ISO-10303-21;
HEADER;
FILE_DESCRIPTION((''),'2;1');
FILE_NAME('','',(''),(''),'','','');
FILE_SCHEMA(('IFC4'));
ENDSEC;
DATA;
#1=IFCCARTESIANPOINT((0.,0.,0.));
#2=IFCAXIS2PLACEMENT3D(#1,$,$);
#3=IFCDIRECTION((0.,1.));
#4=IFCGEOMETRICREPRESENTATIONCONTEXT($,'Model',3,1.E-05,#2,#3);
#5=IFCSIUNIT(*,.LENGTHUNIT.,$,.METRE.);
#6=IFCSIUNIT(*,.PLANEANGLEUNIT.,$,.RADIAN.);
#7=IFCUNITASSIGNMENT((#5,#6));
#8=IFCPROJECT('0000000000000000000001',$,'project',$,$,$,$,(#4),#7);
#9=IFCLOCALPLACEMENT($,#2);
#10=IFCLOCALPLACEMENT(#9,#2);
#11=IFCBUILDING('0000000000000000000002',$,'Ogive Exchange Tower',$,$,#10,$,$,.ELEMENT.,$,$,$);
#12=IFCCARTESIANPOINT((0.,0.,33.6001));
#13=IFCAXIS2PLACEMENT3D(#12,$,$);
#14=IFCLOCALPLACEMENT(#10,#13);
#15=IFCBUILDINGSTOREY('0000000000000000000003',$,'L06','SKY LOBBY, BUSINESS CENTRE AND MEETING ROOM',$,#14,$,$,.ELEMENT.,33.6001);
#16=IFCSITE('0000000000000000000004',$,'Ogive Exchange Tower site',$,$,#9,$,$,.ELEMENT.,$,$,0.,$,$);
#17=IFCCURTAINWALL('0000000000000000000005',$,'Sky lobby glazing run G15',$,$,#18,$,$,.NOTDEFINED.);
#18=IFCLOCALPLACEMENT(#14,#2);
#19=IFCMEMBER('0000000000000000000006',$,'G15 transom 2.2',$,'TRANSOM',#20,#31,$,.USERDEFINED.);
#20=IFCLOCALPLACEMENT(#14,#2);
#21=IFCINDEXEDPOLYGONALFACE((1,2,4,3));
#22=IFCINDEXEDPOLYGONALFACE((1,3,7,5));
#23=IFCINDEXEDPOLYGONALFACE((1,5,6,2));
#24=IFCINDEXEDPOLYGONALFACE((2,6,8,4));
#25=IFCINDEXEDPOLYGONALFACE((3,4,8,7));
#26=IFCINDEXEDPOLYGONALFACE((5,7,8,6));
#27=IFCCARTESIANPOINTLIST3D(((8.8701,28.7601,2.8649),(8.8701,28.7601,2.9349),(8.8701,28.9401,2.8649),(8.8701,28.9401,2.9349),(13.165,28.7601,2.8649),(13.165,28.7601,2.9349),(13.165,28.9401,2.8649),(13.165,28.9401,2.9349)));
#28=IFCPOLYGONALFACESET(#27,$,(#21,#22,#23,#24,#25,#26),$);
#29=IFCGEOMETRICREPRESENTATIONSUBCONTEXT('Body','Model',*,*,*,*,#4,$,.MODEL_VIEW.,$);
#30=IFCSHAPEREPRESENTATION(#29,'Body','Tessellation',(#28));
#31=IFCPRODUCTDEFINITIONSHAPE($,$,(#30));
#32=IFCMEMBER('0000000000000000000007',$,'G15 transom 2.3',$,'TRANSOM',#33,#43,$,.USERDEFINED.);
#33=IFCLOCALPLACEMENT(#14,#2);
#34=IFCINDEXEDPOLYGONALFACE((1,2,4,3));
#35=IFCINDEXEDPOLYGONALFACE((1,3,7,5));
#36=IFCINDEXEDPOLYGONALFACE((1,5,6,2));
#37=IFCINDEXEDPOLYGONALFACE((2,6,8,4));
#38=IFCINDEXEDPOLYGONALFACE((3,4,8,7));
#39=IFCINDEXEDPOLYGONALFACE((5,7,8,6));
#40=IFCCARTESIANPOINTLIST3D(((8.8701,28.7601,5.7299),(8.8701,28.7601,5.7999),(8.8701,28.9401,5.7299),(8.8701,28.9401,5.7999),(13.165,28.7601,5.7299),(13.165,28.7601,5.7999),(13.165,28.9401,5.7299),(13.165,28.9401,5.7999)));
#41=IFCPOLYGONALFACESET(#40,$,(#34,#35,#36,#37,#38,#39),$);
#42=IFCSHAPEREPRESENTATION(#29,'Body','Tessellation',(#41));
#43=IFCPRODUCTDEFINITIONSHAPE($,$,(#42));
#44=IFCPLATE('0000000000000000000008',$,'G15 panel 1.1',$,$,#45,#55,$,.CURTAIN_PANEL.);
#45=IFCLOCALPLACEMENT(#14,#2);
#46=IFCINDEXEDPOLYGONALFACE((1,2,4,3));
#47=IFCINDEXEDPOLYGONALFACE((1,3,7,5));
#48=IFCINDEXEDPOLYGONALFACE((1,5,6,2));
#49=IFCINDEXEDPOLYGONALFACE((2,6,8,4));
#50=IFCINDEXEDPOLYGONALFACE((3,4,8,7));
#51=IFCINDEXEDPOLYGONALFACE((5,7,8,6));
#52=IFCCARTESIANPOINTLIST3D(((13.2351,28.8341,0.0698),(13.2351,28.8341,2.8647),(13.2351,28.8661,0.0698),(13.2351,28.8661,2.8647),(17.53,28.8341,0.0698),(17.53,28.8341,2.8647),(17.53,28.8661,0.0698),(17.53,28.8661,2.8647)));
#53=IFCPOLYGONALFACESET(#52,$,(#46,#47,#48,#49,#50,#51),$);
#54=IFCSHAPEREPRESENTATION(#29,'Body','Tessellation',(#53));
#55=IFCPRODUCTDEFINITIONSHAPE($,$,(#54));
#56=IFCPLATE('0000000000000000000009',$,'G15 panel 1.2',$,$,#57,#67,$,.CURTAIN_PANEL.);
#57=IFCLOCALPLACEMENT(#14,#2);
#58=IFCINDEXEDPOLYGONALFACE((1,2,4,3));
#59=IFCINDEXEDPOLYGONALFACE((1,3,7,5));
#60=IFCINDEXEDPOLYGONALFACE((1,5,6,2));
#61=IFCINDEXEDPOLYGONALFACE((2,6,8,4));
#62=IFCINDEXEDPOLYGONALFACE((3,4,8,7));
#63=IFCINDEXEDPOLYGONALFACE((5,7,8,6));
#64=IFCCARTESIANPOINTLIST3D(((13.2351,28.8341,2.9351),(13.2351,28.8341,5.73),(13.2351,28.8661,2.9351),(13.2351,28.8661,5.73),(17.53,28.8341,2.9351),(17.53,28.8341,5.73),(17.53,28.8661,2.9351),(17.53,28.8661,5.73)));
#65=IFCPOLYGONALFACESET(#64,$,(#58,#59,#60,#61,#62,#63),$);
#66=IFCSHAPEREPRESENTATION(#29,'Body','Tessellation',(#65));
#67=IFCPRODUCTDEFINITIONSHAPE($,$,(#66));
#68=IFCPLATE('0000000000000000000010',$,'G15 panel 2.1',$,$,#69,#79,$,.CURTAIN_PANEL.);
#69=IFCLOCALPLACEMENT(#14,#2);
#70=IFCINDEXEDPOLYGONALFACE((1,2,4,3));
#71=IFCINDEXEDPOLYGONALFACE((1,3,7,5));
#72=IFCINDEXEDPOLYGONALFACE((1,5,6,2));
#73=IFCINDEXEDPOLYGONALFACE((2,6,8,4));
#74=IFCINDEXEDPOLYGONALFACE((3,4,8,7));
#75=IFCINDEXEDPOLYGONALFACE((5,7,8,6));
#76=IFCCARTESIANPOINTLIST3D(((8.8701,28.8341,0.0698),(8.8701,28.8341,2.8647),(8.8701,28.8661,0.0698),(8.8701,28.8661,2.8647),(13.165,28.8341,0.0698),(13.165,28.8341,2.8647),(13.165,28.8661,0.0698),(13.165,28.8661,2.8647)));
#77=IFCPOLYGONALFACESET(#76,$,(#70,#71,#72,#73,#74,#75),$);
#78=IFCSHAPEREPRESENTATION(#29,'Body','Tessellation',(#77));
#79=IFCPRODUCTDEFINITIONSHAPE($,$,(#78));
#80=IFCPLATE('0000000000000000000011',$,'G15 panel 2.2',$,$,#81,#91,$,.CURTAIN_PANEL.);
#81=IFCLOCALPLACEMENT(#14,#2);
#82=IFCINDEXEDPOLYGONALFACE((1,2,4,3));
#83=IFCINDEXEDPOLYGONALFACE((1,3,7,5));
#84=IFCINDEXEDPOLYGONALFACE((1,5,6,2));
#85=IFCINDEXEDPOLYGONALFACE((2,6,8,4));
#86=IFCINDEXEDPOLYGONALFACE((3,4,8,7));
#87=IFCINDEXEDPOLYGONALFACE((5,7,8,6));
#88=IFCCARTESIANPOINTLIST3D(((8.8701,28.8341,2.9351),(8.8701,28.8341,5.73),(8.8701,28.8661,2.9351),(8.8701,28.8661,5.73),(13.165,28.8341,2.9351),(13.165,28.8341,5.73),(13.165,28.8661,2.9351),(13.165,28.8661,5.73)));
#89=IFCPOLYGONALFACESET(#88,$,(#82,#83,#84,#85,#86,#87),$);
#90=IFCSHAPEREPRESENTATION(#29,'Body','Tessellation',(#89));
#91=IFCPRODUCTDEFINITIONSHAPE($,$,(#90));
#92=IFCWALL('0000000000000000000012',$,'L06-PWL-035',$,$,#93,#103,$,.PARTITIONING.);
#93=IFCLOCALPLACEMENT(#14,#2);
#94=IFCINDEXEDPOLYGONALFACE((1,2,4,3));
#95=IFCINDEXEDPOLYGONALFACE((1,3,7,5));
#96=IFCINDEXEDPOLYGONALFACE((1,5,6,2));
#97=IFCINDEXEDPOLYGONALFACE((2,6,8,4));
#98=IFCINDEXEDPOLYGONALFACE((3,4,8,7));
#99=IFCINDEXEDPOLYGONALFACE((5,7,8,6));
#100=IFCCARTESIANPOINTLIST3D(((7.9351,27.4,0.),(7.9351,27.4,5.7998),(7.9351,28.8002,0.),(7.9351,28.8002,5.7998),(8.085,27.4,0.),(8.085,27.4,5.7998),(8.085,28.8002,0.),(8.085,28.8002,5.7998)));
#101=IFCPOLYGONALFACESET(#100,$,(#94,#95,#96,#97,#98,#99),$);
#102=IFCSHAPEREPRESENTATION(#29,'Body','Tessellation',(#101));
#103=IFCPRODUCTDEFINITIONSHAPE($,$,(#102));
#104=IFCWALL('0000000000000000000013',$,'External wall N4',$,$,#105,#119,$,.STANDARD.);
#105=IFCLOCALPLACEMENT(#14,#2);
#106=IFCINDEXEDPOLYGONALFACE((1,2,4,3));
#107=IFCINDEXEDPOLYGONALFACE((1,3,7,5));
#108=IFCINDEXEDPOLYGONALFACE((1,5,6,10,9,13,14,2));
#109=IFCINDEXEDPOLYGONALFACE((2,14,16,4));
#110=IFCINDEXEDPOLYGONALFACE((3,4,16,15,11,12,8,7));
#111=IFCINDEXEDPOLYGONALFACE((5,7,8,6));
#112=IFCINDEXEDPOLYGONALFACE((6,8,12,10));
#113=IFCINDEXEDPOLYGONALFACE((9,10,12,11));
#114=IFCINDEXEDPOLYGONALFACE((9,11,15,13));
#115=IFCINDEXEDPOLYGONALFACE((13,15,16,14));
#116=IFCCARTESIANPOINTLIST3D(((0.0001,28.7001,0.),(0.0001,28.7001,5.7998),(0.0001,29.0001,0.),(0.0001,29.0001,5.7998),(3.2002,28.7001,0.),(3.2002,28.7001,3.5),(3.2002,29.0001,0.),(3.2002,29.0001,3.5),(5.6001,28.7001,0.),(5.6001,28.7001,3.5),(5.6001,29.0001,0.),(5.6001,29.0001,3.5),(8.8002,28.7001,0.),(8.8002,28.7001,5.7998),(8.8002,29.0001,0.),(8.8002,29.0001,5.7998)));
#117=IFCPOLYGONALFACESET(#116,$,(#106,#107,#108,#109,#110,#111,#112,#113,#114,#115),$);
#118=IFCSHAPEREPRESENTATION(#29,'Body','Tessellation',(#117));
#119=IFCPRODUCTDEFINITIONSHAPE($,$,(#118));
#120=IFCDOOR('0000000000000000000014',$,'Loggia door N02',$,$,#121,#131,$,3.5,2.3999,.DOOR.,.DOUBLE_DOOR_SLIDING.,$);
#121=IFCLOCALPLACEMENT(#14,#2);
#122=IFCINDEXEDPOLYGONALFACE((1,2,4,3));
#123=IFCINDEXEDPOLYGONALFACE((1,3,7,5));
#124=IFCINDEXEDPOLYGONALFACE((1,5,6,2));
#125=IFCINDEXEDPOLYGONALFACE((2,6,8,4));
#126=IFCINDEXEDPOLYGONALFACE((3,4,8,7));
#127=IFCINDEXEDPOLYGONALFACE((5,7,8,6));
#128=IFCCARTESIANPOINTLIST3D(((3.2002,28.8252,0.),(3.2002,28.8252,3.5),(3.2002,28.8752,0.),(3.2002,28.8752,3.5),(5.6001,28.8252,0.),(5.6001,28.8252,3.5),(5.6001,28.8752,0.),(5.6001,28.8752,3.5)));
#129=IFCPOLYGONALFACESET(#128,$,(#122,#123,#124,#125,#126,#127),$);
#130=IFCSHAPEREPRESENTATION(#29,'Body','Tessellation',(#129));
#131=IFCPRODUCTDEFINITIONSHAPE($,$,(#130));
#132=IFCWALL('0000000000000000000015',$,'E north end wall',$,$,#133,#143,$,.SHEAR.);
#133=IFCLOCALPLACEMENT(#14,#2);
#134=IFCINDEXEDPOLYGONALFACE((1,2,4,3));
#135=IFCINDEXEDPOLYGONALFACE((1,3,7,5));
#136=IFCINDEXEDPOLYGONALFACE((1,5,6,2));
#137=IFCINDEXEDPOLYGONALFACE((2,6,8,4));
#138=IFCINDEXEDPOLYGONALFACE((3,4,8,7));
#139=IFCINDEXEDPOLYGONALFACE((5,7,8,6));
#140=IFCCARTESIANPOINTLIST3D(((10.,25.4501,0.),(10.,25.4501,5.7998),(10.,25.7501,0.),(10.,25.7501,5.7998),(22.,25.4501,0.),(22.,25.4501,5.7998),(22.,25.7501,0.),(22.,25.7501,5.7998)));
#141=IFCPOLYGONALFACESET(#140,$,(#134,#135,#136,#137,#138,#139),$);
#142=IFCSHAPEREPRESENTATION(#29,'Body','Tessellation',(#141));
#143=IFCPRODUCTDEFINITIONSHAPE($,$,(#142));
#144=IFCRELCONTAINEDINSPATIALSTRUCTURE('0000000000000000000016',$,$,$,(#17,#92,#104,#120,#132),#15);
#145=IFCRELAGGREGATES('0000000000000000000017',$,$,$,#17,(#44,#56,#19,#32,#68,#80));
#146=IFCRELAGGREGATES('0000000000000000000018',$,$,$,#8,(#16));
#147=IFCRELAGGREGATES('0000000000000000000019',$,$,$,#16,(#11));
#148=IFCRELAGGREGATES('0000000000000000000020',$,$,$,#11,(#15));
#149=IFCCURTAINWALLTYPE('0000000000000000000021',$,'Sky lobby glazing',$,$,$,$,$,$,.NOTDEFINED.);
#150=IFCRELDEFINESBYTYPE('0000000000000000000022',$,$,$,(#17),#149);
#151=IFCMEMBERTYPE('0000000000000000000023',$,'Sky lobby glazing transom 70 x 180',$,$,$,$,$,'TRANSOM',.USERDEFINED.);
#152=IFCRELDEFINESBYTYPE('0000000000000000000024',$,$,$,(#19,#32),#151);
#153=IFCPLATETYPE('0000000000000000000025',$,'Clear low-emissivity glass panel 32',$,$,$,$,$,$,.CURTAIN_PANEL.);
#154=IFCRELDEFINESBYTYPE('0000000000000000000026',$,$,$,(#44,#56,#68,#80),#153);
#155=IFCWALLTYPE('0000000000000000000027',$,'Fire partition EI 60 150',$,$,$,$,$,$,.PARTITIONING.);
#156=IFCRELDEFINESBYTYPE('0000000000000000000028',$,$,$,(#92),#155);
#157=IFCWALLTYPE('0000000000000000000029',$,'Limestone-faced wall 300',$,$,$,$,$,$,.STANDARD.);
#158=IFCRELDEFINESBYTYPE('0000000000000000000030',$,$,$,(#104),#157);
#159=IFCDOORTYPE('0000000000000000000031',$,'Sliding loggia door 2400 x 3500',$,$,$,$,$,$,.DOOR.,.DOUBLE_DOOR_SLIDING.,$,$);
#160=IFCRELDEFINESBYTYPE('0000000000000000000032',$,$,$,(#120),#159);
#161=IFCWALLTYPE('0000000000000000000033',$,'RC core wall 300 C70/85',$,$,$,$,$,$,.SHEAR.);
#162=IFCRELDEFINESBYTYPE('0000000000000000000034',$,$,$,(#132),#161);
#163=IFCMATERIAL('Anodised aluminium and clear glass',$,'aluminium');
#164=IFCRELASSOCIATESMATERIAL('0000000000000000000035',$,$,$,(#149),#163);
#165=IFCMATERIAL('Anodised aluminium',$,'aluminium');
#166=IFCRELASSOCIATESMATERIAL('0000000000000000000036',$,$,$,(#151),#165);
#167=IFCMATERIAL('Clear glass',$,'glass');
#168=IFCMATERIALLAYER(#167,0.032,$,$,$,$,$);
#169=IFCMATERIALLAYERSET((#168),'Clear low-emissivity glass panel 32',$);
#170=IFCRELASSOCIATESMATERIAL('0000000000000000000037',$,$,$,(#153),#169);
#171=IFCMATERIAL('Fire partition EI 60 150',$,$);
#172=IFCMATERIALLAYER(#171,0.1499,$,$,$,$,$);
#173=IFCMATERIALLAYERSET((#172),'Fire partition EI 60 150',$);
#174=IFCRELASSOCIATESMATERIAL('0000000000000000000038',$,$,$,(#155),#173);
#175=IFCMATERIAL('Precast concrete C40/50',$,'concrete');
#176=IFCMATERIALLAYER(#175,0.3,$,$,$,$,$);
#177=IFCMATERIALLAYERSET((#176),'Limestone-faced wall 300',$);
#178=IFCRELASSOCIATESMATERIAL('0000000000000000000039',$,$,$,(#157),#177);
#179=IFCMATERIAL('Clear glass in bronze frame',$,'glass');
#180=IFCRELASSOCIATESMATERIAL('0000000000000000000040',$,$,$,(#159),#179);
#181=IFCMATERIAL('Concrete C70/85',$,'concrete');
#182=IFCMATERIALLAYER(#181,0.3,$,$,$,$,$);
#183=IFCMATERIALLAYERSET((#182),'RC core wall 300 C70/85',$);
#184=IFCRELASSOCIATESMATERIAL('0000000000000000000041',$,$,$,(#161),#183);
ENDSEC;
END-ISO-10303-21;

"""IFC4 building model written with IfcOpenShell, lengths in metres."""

from ifc_helpers import new_model, si_unit, direction, frame, frame_2d, origin, origin_2d, place, context, subcontext, project, spatial, rectangle, extrude, material, layer, layer_set, material_profile, profile_set, type_object, element, fill, aggregate, save


model = new_model("IFC4")

# Units and contexts
model_context = context("Model", 3, precision=1e-05, world=origin(), true_north=direction((0.0, 1.0)))
body_context = subcontext(model_context, "Body", "Model", "MODEL_VIEW")
ifc_project = project(units=[si_unit("LENGTHUNIT", "METRE"), si_unit("PLANEANGLEUNIT", "RADIAN")], contexts=[model_context])

# Site, building, storey
site_placement = place(None, origin())
site = spatial("IfcSite", under=ifc_project, at=site_placement, Name="Ogive Exchange Tower site", CompositionType="ELEMENT", RefElevation=0.0)
building_placement = place(site_placement, origin())
building = spatial("IfcBuilding", under=site, at=building_placement, Name="Ogive Exchange Tower", CompositionType="ELEMENT")
storey_placement = place(building_placement, frame((0.0, 0.0, 33.6001)))
storey = spatial("IfcBuildingStorey", under=building, at=storey_placement, Name="L06", Description="SKY LOBBY, BUSINESS CENTRE AND MEETING ROOM", CompositionType="ELEMENT", Elevation=33.6001)

# Curtain wall, members, plates
ifc_material_1 = material(Name="Anodised aluminium and clear glass", Category="aluminium")
curtain_wall_type = type_object("IfcCurtainWallType", Name="Sky lobby glazing", PredefinedType="NOTDEFINED", material=ifc_material_1)
curtain_wall_placement = place(storey_placement, origin())
curtain_wall = element("IfcCurtainWall", 1, at=curtain_wall_placement, inside=storey, type_object=curtain_wall_type, Name="Sky lobby glazing run G15", PredefinedType="NOTDEFINED")
ifc_material_2 = material(Name="Anodised aluminium", Category="aluminium")
ifc_material_profile_1 = material_profile(ifc_material_2, rectangle(XDim=0.1799, YDim=0.0701, at=origin_2d()), Name="AL 70x180")
ifc_profile_set_1 = profile_set([ifc_material_profile_1], Name="Anodised aluminium")
member_type_1 = type_object("IfcMemberType", Name="Sky lobby glazing transom 70 x 180", ElementType="TRANSOM", PredefinedType="USERDEFINED", material=ifc_profile_set_1)
member_1_placement = place(storey_placement, frame((13.165, 28.8501, 2.8999), z_axis=(-1.0, 0.0, 0.0), x_axis=(0.0, -1.0, 0.0)))
member_1 = element("IfcMember", 2, at=member_1_placement, type_object=member_type_1, Name="G15 transom 2.2", ObjectType="TRANSOM", PredefinedType="USERDEFINED", context=body_context, shape_type="SweptSolid", body=[
    extrude(rectangle(XDim=0.1799, YDim=0.0701, at=origin_2d()), origin(), (0.0, 0.0, 1.0), 4.2949),
])
member_2_placement = place(storey_placement, frame((13.165, 28.8501, 5.7649), z_axis=(-1.0, 0.0, 0.0), x_axis=(0.0, -1.0, 0.0)))
member_2 = element("IfcMember", 3, at=member_2_placement, type_object=member_type_1, Name="G15 transom 2.3", ObjectType="TRANSOM", PredefinedType="USERDEFINED", context=body_context, shape_type="SweptSolid", body=[
    extrude(rectangle(XDim=0.1799, YDim=0.0701, at=origin_2d()), origin(), (0.0, 0.0, 1.0), 4.2949),
])
ifc_material_3 = material(Name="Clear glass", Category="glass")
ifc_layer_1 = layer(ifc_material_3, 0.032)
ifc_layer_set_1 = layer_set([ifc_layer_1], Name="Clear low-emissivity glass panel 32")
plate_type = type_object("IfcPlateType", Name="Clear low-emissivity glass panel 32", PredefinedType="CURTAIN_PANEL", material=ifc_layer_set_1)
plate_1_placement = place(storey_placement, frame((15.3826, 28.8501, 0.0698), z_axis=(0.0, 0.0, 1.0), x_axis=(-1.0, 0.0, 0.0)))
plate_1 = element("IfcPlate", 4, at=plate_1_placement, type_object=plate_type, Name="G15 panel 1.1", PredefinedType="CURTAIN_PANEL", context=body_context, shape_type="SweptSolid", body=[
    extrude(rectangle(XDim=4.2949, YDim=0.032, at=origin_2d()), origin(), (0.0, 0.0, 1.0), 2.7949),
])
plate_2_placement = place(storey_placement, frame((15.3826, 28.8501, 2.9351), z_axis=(0.0, 0.0, 1.0), x_axis=(-1.0, 0.0, 0.0)))
plate_2 = element("IfcPlate", 5, at=plate_2_placement, type_object=plate_type, Name="G15 panel 1.2", PredefinedType="CURTAIN_PANEL", context=body_context, shape_type="SweptSolid", body=[
    extrude(rectangle(XDim=4.2949, YDim=0.032, at=origin_2d()), origin(), (0.0, 0.0, 1.0), 2.7949),
])
plate_3_placement = place(storey_placement, frame((11.0176, 28.8501, 0.0698), z_axis=(0.0, 0.0, 1.0), x_axis=(-1.0, 0.0, 0.0)))
plate_3 = element("IfcPlate", 6, at=plate_3_placement, type_object=plate_type, Name="G15 panel 2.1", PredefinedType="CURTAIN_PANEL", context=body_context, shape_type="SweptSolid", body=[
    extrude(rectangle(XDim=4.2949, YDim=0.032, at=origin_2d()), origin(), (0.0, 0.0, 1.0), 2.7949),
])
plate_4_placement = place(storey_placement, frame((11.0176, 28.8501, 2.9351), z_axis=(0.0, 0.0, 1.0), x_axis=(-1.0, 0.0, 0.0)))
plate_4 = element("IfcPlate", 7, at=plate_4_placement, type_object=plate_type, Name="G15 panel 2.2", PredefinedType="CURTAIN_PANEL", context=body_context, shape_type="SweptSolid", body=[
    extrude(rectangle(XDim=4.2949, YDim=0.032, at=origin_2d()), origin(), (0.0, 0.0, 1.0), 2.7949),
])
aggregate(curtain_wall, [plate_1, plate_2, member_1, member_2, plate_3, plate_4])

# Wall
ifc_material_4 = material(Name="Fire partition EI 60 150")
ifc_layer_2 = layer(ifc_material_4, 0.1499)
ifc_layer_set_2 = layer_set([ifc_layer_2], Name="Fire partition EI 60 150")
wall_type_1 = type_object("IfcWallType", Name="Fire partition EI 60 150", PredefinedType="PARTITIONING", material=ifc_layer_set_2)
wall_1_placement = place(storey_placement, frame((8.01, 27.3999, 0.0), z_axis=(0.0, 0.0, 1.0), x_axis=(0.0, 1.0, 0.0)))
element("IfcWall", 8, at=wall_1_placement, inside=storey, type_object=wall_type_1, Name="L06-PWL-035", PredefinedType="PARTITIONING", context=body_context, shape_type="SweptSolid", body=[
    extrude(rectangle(XDim=1.4001, YDim=0.1499, at=frame_2d((0.7002, 0.0))), origin(), (0.0, 0.0, 1.0), 5.7998),
])

# Wall, opening, door
ifc_material_5 = material(Name="Precast concrete C40/50", Category="concrete")
ifc_layer_3 = layer(ifc_material_5, 0.3)
ifc_layer_set_3 = layer_set([ifc_layer_3], Name="Limestone-faced wall 300")
wall_type_2 = type_object("IfcWallType", Name="Limestone-faced wall 300", PredefinedType="STANDARD", material=ifc_layer_set_3)
wall_2_placement = place(storey_placement, frame((8.8, 28.8501, 0.0), z_axis=(0.0, 0.0, 1.0), x_axis=(-1.0, 0.0, 0.0)))
wall_2 = element("IfcWall", 9, at=wall_2_placement, inside=storey, type_object=wall_type_2, Name="External wall N4", PredefinedType="STANDARD", context=body_context, shape_type="SweptSolid", body=[
    extrude(rectangle(XDim=8.8, YDim=0.3, at=frame_2d((4.3999, 0.0))), origin(), (0.0, 0.0, 1.0), 5.7998),
])
opening_placement = place(wall_2_placement, frame((3.2, 0.0, 0.0)))
opening = element("IfcOpeningElement", 10, at=opening_placement, cuts=wall_2, PredefinedType="OPENING", context=body_context, shape_type="SweptSolid", body=[
    extrude(rectangle(XDim=2.3999, YDim=3.5, at=frame_2d((1.2, 1.75))), frame((0.0, 0.1599, 0.0), z_axis=(0.0, -1.0, 0.0), x_axis=(1.0, 0.0, 0.0)), (0.0, 0.0, 1.0), 0.3201),
])
ifc_material_6 = material(Name="Clear glass in bronze frame", Category="glass")
door_type = type_object("IfcDoorType", Name="Sliding loggia door 2400 x 3500", OperationType="DOUBLE_DOOR_SLIDING", PredefinedType="DOOR", material=ifc_material_6)
door_placement = place(opening_placement, origin())
door = element("IfcDoor", 11, at=door_placement, inside=storey, type_object=door_type, Name="Loggia door N02", OperationType="DOUBLE_DOOR_SLIDING", OverallHeight=3.5, OverallWidth=2.3999, PredefinedType="DOOR", context=body_context, shape_type="SweptSolid", body=[
    extrude(rectangle(XDim=2.3999, YDim=3.5, at=frame_2d((1.2, 1.75))), frame((0.0, 0.0249, 0.0), z_axis=(0.0, -1.0, 0.0), x_axis=(1.0, 0.0, 0.0)), (0.0, 0.0, 1.0), 0.05),
])
fill(opening, door)

# Wall
ifc_material_7 = material(Name="Concrete C70/85", Category="concrete")
ifc_layer_4 = layer(ifc_material_7, 0.3)
ifc_layer_set_4 = layer_set([ifc_layer_4], Name="RC core wall 300 C70/85")
wall_type_3 = type_object("IfcWallType", Name="RC core wall 300 C70/85", PredefinedType="SHEAR", material=ifc_layer_set_4)
wall_3_placement = place(storey_placement, frame((10.0, 25.6001, 0.0), z_axis=(0.0, 0.0, 1.0), x_axis=(1.0, 0.0, 0.0)))
element("IfcWall", 12, at=wall_3_placement, inside=storey, type_object=wall_type_3, Name="E north end wall", PredefinedType="SHEAR", context=body_context, shape_type="SweptSolid", body=[
    extrude(rectangle(XDim=12.0, YDim=0.3, at=frame_2d((6.0, 0.0))), origin(), (0.0, 0.0, 1.0), 5.7998),
])

save(model, "model.ifc")
